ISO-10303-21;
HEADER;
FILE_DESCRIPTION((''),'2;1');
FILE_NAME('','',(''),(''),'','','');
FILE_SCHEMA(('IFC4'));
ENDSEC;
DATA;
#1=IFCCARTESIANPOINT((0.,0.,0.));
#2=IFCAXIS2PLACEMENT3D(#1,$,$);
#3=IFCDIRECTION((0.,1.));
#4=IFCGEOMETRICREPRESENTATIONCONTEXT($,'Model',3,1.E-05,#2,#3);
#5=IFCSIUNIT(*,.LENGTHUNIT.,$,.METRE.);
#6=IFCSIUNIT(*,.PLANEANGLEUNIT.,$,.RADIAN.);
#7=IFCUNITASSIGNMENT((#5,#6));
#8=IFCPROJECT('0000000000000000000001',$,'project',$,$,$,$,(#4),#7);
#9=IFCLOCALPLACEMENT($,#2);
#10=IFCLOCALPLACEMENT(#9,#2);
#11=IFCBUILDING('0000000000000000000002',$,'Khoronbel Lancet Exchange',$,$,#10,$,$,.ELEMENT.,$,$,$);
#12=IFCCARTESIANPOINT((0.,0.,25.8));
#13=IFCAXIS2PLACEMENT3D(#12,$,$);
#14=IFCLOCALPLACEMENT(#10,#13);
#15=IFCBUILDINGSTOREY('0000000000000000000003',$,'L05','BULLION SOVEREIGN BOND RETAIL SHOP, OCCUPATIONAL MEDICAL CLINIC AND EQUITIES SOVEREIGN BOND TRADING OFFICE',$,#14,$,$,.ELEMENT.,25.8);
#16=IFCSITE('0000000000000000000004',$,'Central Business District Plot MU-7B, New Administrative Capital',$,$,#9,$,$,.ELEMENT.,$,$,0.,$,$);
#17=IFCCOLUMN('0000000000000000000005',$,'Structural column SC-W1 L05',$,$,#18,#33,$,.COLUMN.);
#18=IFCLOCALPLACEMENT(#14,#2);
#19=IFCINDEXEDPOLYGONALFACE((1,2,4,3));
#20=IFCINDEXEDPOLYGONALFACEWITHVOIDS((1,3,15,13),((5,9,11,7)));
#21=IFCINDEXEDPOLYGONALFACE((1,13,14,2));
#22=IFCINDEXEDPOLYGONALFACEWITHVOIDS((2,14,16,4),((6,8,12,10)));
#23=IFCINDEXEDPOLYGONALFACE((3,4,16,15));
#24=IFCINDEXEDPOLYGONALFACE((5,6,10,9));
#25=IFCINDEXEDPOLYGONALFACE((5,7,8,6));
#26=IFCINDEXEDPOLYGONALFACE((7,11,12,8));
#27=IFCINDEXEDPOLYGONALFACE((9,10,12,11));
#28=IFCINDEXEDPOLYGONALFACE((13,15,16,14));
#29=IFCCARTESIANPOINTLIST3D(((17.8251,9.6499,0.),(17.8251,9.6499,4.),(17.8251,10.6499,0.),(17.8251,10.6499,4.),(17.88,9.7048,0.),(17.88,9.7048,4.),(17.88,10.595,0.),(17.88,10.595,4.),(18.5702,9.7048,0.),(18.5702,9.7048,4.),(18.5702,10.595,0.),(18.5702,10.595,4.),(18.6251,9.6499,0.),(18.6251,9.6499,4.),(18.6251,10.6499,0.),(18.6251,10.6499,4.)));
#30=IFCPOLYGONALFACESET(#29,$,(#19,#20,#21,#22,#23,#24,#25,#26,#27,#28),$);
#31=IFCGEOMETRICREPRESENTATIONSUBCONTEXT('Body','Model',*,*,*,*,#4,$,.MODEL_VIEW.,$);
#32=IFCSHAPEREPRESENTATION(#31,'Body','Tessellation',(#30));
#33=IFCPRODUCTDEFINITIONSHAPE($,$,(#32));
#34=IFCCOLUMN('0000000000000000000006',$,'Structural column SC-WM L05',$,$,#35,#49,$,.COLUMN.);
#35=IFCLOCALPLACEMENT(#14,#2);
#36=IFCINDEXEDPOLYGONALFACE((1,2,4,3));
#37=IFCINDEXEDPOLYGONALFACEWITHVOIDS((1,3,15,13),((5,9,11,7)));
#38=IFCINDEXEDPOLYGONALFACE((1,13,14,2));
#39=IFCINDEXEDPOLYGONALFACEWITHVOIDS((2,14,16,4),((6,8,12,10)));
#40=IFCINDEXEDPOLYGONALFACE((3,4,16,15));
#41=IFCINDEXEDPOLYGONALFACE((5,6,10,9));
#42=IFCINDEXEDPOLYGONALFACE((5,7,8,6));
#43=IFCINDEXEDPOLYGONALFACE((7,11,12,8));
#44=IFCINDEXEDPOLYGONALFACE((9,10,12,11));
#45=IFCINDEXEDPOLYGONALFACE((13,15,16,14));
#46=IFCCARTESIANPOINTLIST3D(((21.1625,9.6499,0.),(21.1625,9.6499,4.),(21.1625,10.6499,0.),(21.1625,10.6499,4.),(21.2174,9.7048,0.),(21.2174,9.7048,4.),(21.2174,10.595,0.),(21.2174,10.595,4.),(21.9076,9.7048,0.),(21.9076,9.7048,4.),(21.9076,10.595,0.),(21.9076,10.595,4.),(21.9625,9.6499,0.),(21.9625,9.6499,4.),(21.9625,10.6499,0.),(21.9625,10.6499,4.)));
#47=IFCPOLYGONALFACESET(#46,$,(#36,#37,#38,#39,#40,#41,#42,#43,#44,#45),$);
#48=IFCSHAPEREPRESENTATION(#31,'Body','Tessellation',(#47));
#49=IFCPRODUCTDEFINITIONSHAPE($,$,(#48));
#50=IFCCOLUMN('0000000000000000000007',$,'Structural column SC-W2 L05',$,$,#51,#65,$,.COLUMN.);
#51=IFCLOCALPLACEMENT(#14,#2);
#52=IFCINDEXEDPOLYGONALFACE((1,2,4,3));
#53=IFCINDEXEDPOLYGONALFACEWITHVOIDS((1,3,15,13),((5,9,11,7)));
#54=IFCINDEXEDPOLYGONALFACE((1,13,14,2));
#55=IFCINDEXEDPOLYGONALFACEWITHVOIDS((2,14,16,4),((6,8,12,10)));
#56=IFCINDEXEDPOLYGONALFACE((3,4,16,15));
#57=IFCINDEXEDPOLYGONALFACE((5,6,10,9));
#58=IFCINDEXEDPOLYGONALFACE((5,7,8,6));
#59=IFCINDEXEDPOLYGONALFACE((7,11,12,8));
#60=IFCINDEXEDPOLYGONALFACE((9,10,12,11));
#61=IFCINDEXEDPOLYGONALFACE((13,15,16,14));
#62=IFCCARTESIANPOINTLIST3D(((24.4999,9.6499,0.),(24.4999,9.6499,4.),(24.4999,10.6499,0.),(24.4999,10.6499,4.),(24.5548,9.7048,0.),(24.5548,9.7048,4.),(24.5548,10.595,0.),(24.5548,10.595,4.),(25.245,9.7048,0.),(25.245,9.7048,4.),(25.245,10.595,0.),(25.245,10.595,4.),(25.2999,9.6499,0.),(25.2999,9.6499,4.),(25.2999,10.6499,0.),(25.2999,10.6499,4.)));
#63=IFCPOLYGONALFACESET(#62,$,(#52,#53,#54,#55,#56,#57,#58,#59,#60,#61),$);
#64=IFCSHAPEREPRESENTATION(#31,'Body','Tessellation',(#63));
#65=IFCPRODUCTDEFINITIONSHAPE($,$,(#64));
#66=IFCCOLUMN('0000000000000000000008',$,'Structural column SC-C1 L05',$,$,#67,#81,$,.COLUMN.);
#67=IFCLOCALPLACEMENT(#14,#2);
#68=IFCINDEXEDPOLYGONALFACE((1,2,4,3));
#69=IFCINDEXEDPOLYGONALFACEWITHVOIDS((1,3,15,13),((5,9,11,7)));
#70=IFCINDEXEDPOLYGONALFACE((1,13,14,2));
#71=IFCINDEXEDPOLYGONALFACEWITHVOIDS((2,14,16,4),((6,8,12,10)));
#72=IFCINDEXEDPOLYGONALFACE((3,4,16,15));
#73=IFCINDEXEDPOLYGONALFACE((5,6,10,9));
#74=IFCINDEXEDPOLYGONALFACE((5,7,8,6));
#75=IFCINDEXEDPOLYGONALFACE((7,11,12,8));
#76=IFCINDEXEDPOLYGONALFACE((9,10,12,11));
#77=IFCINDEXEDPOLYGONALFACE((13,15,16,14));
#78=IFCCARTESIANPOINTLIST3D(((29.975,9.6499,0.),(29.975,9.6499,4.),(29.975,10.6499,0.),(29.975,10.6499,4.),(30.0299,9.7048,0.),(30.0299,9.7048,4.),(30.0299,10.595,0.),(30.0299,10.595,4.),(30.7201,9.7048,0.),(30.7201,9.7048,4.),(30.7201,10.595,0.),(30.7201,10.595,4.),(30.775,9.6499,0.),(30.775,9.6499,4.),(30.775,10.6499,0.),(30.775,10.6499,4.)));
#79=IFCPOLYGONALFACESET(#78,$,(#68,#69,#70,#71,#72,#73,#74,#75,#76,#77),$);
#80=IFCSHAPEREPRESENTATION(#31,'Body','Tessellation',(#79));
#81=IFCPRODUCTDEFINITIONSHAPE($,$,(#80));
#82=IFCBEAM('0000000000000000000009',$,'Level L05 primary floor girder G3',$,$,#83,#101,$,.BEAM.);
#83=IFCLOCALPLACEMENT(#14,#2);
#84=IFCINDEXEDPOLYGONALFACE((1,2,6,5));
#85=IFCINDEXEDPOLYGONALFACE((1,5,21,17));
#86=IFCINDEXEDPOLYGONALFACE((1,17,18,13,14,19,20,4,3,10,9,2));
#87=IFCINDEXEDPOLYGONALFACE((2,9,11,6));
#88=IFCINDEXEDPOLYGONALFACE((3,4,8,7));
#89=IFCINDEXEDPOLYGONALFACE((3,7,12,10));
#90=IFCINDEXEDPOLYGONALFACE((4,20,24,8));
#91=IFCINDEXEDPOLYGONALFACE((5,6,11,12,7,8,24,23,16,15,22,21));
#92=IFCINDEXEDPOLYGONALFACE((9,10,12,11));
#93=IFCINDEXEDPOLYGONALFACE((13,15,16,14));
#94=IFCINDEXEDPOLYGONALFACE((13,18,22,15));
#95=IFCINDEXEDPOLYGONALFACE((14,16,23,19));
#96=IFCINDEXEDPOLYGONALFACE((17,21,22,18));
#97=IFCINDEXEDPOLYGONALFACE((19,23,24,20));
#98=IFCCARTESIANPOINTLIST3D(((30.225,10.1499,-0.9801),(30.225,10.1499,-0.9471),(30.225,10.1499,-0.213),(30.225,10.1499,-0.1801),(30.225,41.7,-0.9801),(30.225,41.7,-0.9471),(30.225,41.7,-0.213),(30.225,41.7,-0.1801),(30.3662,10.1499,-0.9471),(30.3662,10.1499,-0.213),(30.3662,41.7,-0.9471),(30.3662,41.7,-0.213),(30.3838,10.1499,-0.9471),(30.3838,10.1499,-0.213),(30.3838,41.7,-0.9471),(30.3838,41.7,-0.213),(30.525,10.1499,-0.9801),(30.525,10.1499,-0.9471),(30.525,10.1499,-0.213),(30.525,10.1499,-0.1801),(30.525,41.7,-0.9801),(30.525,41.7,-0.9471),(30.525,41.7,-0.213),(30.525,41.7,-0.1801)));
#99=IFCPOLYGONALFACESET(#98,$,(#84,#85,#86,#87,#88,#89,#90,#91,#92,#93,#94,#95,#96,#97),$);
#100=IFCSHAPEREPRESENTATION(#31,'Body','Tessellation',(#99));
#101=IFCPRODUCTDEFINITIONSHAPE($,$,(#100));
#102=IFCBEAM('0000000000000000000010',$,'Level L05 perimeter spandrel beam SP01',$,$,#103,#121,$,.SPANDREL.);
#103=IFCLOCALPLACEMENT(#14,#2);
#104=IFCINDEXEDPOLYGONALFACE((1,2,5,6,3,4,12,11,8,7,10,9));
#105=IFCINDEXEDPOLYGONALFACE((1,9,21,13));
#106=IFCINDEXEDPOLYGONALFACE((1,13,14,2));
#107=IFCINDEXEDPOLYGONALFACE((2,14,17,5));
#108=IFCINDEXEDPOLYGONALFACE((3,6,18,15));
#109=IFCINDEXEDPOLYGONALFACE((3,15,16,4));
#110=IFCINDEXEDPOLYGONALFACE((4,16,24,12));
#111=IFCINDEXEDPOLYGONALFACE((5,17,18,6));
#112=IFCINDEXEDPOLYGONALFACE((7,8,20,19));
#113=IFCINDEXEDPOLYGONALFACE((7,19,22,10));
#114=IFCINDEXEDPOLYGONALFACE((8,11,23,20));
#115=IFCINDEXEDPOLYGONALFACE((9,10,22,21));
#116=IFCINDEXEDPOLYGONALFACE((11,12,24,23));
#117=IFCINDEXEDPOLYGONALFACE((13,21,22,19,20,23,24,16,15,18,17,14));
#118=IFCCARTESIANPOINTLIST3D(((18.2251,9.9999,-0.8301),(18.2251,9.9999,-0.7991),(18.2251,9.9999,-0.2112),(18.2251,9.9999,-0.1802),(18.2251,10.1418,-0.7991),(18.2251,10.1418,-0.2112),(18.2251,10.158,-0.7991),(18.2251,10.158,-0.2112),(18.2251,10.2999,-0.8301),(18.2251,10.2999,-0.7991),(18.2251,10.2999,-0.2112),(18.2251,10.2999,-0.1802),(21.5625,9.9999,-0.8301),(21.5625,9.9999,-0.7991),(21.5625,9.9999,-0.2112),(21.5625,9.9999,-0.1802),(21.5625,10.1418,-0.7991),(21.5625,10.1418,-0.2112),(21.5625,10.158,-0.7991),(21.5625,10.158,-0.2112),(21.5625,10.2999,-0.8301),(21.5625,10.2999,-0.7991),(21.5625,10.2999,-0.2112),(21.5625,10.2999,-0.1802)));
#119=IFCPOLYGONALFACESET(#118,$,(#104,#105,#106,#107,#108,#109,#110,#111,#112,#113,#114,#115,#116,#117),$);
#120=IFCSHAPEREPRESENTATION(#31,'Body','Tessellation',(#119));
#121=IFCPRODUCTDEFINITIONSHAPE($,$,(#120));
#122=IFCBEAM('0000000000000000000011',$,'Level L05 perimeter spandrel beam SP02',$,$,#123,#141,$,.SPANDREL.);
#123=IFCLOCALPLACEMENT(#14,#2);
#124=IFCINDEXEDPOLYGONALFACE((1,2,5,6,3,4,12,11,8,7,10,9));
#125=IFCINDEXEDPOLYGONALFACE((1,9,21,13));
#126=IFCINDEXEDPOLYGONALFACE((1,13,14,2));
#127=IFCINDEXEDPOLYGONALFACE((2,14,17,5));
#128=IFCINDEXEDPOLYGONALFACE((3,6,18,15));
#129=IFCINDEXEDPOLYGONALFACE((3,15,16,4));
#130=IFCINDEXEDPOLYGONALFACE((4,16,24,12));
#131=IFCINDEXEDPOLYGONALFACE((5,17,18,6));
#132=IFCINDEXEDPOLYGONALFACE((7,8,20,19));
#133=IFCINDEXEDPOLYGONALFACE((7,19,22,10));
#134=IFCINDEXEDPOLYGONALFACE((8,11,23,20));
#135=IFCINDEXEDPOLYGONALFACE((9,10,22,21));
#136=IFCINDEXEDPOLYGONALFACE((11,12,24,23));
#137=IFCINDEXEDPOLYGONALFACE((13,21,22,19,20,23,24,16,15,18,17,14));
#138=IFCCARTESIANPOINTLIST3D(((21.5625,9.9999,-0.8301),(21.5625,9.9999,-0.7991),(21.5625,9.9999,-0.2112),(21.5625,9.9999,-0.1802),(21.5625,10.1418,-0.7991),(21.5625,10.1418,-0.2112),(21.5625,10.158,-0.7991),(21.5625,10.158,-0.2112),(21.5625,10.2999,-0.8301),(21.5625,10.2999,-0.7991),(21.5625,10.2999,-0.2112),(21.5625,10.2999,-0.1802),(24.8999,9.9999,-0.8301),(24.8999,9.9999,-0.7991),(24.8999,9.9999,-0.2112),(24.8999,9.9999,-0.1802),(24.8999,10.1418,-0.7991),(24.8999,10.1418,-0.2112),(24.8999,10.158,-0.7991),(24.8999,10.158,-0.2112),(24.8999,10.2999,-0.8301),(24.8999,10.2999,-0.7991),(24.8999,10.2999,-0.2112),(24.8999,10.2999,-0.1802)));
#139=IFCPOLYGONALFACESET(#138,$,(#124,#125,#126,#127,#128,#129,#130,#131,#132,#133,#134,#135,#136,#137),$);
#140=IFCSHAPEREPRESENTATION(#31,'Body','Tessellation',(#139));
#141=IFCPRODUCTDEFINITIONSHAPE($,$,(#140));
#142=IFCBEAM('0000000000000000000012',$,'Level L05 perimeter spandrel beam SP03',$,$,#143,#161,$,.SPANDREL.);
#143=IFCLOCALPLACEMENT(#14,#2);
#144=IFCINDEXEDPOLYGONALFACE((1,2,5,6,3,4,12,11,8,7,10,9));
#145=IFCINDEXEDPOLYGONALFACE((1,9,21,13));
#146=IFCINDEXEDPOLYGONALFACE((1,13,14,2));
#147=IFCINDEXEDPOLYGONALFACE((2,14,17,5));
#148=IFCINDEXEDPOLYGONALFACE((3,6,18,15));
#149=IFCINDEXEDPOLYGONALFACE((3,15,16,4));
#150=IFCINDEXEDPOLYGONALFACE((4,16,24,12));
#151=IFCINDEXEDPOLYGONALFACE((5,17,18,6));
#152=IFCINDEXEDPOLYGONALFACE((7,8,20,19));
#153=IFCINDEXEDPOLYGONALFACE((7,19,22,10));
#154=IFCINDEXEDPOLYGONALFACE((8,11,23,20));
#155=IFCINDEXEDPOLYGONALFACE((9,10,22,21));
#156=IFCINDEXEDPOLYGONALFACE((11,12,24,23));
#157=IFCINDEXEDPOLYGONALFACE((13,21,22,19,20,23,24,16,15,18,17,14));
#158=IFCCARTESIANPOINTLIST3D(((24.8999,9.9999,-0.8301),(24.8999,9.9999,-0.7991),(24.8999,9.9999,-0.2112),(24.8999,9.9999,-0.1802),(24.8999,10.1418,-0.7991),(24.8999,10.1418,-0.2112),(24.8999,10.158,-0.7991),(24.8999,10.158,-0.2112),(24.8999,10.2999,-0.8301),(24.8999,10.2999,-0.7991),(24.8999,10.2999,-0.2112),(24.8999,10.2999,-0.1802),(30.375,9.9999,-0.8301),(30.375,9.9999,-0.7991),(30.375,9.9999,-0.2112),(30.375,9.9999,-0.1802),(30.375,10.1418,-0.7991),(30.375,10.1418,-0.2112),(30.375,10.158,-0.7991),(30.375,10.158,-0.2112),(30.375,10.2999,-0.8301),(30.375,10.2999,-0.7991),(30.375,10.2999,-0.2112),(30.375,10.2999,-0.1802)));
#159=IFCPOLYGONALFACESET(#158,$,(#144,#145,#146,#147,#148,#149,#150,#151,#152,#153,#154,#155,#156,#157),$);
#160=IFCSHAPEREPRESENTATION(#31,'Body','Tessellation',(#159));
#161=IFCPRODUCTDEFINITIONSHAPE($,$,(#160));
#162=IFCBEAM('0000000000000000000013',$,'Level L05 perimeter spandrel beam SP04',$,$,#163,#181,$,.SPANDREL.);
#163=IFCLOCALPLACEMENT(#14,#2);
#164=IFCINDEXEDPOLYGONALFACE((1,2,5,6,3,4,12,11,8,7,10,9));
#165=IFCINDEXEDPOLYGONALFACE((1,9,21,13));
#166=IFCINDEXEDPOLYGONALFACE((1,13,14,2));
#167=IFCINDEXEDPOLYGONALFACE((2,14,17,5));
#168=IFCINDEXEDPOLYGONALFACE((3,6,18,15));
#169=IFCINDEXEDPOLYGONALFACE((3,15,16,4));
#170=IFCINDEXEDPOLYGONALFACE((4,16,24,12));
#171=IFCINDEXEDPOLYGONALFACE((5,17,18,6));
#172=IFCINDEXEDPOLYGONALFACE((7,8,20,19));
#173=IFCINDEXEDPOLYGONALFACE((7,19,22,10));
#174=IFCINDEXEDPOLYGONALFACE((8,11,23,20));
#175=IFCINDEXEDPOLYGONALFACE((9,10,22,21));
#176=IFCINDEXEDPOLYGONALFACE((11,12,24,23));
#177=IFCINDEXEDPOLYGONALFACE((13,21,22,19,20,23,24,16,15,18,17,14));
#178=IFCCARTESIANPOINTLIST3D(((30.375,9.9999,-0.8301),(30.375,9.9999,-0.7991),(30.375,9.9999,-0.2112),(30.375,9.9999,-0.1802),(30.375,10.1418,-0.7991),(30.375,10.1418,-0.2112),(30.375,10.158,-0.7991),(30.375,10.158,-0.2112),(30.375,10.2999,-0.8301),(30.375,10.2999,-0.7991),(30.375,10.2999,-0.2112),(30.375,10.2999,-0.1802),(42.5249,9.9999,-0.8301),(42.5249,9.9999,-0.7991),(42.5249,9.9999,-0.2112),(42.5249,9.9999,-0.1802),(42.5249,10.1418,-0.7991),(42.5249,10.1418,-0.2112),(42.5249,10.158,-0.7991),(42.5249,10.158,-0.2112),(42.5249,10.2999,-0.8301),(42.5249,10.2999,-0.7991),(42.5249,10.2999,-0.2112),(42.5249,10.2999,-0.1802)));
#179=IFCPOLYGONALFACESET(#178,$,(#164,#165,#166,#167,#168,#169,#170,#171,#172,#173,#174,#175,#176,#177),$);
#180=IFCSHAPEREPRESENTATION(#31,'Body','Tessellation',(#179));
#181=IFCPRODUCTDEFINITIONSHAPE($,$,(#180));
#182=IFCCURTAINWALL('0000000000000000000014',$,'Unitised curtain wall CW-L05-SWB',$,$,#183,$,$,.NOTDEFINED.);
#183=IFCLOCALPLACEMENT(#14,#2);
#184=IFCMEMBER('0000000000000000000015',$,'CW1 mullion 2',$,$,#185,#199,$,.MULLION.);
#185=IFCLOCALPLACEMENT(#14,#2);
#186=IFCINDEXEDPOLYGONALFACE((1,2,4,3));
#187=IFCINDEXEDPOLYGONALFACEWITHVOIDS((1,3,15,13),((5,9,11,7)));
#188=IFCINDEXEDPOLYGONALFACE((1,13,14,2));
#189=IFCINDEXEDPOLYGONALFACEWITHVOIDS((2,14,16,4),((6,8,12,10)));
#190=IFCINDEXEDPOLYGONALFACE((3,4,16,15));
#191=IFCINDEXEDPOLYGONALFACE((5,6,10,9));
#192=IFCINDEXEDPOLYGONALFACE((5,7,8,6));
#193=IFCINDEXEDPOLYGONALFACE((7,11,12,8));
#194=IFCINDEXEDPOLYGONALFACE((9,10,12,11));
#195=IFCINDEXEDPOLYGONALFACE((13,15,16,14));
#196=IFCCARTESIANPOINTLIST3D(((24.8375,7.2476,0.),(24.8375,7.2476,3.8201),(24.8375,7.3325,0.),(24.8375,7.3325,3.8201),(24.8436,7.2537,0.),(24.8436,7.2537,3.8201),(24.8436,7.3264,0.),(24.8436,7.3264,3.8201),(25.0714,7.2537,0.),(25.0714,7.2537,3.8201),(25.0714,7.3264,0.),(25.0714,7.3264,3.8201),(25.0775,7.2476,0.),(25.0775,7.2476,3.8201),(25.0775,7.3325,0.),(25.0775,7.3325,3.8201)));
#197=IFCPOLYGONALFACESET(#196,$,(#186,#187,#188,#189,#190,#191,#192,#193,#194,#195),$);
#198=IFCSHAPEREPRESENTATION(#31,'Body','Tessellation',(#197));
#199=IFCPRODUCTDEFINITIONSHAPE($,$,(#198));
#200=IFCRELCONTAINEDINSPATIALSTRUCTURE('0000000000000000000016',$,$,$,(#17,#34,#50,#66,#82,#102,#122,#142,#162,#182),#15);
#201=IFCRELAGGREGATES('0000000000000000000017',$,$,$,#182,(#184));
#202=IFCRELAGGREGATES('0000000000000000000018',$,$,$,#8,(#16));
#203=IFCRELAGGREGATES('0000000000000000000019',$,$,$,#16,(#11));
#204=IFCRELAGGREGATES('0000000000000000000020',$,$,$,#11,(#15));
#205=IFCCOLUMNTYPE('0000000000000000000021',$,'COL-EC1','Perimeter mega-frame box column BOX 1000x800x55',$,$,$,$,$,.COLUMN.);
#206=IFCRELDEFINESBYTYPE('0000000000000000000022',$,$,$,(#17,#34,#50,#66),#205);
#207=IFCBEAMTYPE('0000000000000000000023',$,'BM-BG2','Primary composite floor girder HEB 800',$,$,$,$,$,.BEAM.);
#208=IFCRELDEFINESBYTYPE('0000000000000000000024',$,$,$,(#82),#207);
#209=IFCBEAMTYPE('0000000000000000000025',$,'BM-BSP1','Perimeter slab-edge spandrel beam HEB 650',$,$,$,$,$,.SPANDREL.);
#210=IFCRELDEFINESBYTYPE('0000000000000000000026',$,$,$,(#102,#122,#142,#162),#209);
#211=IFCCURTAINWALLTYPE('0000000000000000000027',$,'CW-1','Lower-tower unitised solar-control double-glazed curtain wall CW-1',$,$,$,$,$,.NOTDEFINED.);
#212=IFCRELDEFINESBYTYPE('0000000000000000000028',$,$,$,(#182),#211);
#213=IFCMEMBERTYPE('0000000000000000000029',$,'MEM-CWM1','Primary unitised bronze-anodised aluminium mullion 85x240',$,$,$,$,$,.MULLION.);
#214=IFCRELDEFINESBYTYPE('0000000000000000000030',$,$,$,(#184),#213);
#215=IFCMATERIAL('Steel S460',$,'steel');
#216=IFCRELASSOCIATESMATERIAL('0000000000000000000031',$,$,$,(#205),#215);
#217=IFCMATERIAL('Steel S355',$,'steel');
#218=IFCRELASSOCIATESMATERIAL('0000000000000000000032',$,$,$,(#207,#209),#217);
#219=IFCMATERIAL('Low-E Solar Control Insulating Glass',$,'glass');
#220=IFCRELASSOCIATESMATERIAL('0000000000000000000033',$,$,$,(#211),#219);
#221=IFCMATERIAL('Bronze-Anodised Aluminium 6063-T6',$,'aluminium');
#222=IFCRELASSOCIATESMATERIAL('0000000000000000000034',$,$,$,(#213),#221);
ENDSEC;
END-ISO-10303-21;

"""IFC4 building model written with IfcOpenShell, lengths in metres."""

from ifc_helpers import new_model, si_unit, direction, frame, origin, origin_2d, place, context, subcontext, project, spatial, hollow_rectangle, i_section, extrude, material, material_profile, profile_set, type_object, element, aggregate, save


model = new_model("IFC4")

# Units and contexts
model_context = context("Model", 3, precision=1e-05, world=origin(), true_north=direction((0.0, 1.0)))
body_context = subcontext(model_context, "Body", "Model", "MODEL_VIEW")
ifc_project = project(units=[si_unit("LENGTHUNIT", "METRE"), si_unit("PLANEANGLEUNIT", "RADIAN")], contexts=[model_context])

# Site, building, storey
site_placement = place(None, origin())
site = spatial("IfcSite", under=ifc_project, at=site_placement, Name="Central Business District Plot MU-7B, New Administrative Capital", CompositionType="ELEMENT", RefElevation=0.0)
building_placement = place(site_placement, origin())
building = spatial("IfcBuilding", under=site, at=building_placement, Name="Khoronbel Lancet Exchange", CompositionType="ELEMENT")
storey_placement = place(building_placement, frame((0.0, 0.0, 25.8)))
storey = spatial("IfcBuildingStorey", under=building, at=storey_placement, Name="L05", Description="BULLION SOVEREIGN BOND RETAIL SHOP, OCCUPATIONAL MEDICAL CLINIC AND EQUITIES SOVEREIGN BOND TRADING OFFICE", CompositionType="ELEMENT", Elevation=25.8)

# Columns
ifc_material_1 = material(Name="Steel S460", Category="steel")
ifc_material_profile_1 = material_profile(ifc_material_1, hollow_rectangle(XDim=0.8, YDim=1.0, WallThickness=0.0549, at=origin_2d()), Name="BOX 1000x800x55")
ifc_profile_set_1 = profile_set([ifc_material_profile_1], Name="Steel S460")
column_type = type_object("IfcColumnType", Name="COL-EC1", Description="Perimeter mega-frame box column BOX 1000x800x55", PredefinedType="COLUMN", material=ifc_profile_set_1)
for number, where, z_axis, x_axis, name in (
    (1, (18.2251, 10.1499, 0.0), (0.0, 0.0, 1.0), (1.0, 0.0, 0.0), "Structural column SC-W1 L05"),
    (2, (21.5625, 10.1499, 0.0), (0.0, 0.0, 1.0), (1.0, 0.0, 0.0), "Structural column SC-WM L05"),
    (3, (24.8999, 10.1499, 0.0), (0.0, 0.0, 1.0), (1.0, 0.0, 0.0), "Structural column SC-W2 L05"),
    (4, (30.375, 10.1499, 0.0), (0.0, 0.0, 1.0), (1.0, 0.0, 0.0), "Structural column SC-C1 L05"),
):
    element("IfcColumn", number, at=place(storey_placement, frame(where, z_axis=z_axis, x_axis=x_axis)), inside=storey, type_object=column_type, Name=name, PredefinedType="COLUMN", context=body_context, shape_type="SweptSolid", body=[
        extrude(hollow_rectangle(XDim=0.8, YDim=1.0, WallThickness=0.0549, at=origin_2d()), origin(), (0.0, 0.0, 1.0), 4.0),
    ])

# Beams
ifc_material_2 = material(Name="Steel S355", Category="steel")
ifc_material_profile_2 = material_profile(ifc_material_2, i_section(OverallWidth=0.3, OverallDepth=0.8, WebThickness=0.0176, FlangeThickness=0.033, at=origin_2d()), Name="HEB 800")
ifc_profile_set_2 = profile_set([ifc_material_profile_2], Name="Steel S355")
beam_type_1 = type_object("IfcBeamType", Name="BM-BG2", Description="Primary composite floor girder HEB 800", PredefinedType="BEAM", material=ifc_profile_set_2)
beam_1_placement = place(storey_placement, frame((30.375, 10.1499, -0.5801), z_axis=(0.0, 1.0, 0.0), x_axis=(-1.0, 0.0, 0.0)))
element("IfcBeam", 5, at=beam_1_placement, inside=storey, type_object=beam_type_1, Name="Level L05 primary floor girder G3", PredefinedType="BEAM", context=body_context, shape_type="SweptSolid", body=[
    extrude(i_section(OverallWidth=0.3, OverallDepth=0.8, WebThickness=0.0176, FlangeThickness=0.033, at=origin_2d()), origin(), (0.0, 0.0, 1.0), 31.55),
])
ifc_material_profile_3 = material_profile(ifc_material_2, i_section(OverallWidth=0.3, OverallDepth=0.6499, WebThickness=0.0161, FlangeThickness=0.031, at=origin_2d()), Name="HEB 650")
ifc_profile_set_3 = profile_set([ifc_material_profile_3], Name="Steel S355")
beam_type_2 = type_object("IfcBeamType", Name="BM-BSP1", Description="Perimeter slab-edge spandrel beam HEB 650", PredefinedType="SPANDREL", material=ifc_profile_set_3)
for number, where, z_axis, x_axis, name in (
    (6, (18.2251, 10.1499, -0.5051), (1.0, 0.0, 0.0), (0.0, 1.0, 0.0), "Level L05 perimeter spandrel beam SP01"),
    (7, (21.5625, 10.1499, -0.5051), (1.0, 0.0, 0.0), (0.0, 1.0, 0.0), "Level L05 perimeter spandrel beam SP02"),
):
    element("IfcBeam", number, at=place(storey_placement, frame(where, z_axis=z_axis, x_axis=x_axis)), inside=storey, type_object=beam_type_2, Name=name, PredefinedType="SPANDREL", context=body_context, shape_type="SweptSolid", body=[
        extrude(i_section(OverallWidth=0.3, OverallDepth=0.6499, WebThickness=0.0161, FlangeThickness=0.031, at=origin_2d()), origin(), (0.0, 0.0, 1.0), 3.3374),
    ])
beam_2_placement = place(storey_placement, frame((24.8999, 10.1499, -0.5051), z_axis=(1.0, 0.0, 0.0), x_axis=(0.0, 1.0, 0.0)))
element("IfcBeam", 8, at=beam_2_placement, inside=storey, type_object=beam_type_2, Name="Level L05 perimeter spandrel beam SP03", PredefinedType="SPANDREL", context=body_context, shape_type="SweptSolid", body=[
    extrude(i_section(OverallWidth=0.3, OverallDepth=0.6499, WebThickness=0.0161, FlangeThickness=0.031, at=origin_2d()), origin(), (0.0, 0.0, 1.0), 5.4751),
])
beam_3_placement = place(storey_placement, frame((30.375, 10.1499, -0.5051), z_axis=(1.0, 0.0, 0.0), x_axis=(0.0, 1.0, 0.0)))
element("IfcBeam", 9, at=beam_3_placement, inside=storey, type_object=beam_type_2, Name="Level L05 perimeter spandrel beam SP04", PredefinedType="SPANDREL", context=body_context, shape_type="SweptSolid", body=[
    extrude(i_section(OverallWidth=0.3, OverallDepth=0.6499, WebThickness=0.0161, FlangeThickness=0.031, at=origin_2d()), origin(), (0.0, 0.0, 1.0), 12.1499),
])

# Curtain wall, member
ifc_material_3 = material(Name="Low-E Solar Control Insulating Glass", Category="glass")
curtain_wall_type = type_object("IfcCurtainWallType", Name="CW-1", Description="Lower-tower unitised solar-control double-glazed curtain wall CW-1", PredefinedType="NOTDEFINED", material=ifc_material_3)
curtain_wall_1_placement = place(storey_placement, origin())
curtain_wall_1 = element("IfcCurtainWall", 10, at=curtain_wall_1_placement, inside=storey, type_object=curtain_wall_type, Name="Unitised curtain wall CW-L05-SWB", PredefinedType="NOTDEFINED")
ifc_material_4 = material(Name="Bronze-Anodised Aluminium 6063-T6", Category="aluminium")
ifc_material_profile_4 = material_profile(ifc_material_4, hollow_rectangle(XDim=0.085, YDim=0.24, WallThickness=0.0061, at=origin_2d()), Name="ALU MULLION 85x240")
ifc_profile_set_4 = profile_set([ifc_material_profile_4], Name="Bronze-Anodised Aluminium 6063-T6")
member_type_1 = type_object("IfcMemberType", Name="MEM-CWM1", Description="Primary unitised bronze-anodised aluminium mullion 85x240", PredefinedType="MULLION", material=ifc_profile_set_4)
member_1_placement = place(storey_placement, frame((24.9575, 7.29, 0.0), z_axis=(0.0, 0.0, 1.0), x_axis=(0.0, 1.0, 0.0)))
member_1 = element("IfcMember", 11, at=member_1_placement, type_object=member_type_1, Name="CW1 mullion 2", PredefinedType="MULLION", context=body_context, shape_type="SweptSolid", body=[
    extrude(hollow_rectangle(XDim=0.085, YDim=0.24, WallThickness=0.0061, at=origin_2d()), origin(), (0.0, 0.0, 1.0), 3.8201),
])

aggregate(curtain_wall_1, [member_1])

save(model, "model.ifc")
